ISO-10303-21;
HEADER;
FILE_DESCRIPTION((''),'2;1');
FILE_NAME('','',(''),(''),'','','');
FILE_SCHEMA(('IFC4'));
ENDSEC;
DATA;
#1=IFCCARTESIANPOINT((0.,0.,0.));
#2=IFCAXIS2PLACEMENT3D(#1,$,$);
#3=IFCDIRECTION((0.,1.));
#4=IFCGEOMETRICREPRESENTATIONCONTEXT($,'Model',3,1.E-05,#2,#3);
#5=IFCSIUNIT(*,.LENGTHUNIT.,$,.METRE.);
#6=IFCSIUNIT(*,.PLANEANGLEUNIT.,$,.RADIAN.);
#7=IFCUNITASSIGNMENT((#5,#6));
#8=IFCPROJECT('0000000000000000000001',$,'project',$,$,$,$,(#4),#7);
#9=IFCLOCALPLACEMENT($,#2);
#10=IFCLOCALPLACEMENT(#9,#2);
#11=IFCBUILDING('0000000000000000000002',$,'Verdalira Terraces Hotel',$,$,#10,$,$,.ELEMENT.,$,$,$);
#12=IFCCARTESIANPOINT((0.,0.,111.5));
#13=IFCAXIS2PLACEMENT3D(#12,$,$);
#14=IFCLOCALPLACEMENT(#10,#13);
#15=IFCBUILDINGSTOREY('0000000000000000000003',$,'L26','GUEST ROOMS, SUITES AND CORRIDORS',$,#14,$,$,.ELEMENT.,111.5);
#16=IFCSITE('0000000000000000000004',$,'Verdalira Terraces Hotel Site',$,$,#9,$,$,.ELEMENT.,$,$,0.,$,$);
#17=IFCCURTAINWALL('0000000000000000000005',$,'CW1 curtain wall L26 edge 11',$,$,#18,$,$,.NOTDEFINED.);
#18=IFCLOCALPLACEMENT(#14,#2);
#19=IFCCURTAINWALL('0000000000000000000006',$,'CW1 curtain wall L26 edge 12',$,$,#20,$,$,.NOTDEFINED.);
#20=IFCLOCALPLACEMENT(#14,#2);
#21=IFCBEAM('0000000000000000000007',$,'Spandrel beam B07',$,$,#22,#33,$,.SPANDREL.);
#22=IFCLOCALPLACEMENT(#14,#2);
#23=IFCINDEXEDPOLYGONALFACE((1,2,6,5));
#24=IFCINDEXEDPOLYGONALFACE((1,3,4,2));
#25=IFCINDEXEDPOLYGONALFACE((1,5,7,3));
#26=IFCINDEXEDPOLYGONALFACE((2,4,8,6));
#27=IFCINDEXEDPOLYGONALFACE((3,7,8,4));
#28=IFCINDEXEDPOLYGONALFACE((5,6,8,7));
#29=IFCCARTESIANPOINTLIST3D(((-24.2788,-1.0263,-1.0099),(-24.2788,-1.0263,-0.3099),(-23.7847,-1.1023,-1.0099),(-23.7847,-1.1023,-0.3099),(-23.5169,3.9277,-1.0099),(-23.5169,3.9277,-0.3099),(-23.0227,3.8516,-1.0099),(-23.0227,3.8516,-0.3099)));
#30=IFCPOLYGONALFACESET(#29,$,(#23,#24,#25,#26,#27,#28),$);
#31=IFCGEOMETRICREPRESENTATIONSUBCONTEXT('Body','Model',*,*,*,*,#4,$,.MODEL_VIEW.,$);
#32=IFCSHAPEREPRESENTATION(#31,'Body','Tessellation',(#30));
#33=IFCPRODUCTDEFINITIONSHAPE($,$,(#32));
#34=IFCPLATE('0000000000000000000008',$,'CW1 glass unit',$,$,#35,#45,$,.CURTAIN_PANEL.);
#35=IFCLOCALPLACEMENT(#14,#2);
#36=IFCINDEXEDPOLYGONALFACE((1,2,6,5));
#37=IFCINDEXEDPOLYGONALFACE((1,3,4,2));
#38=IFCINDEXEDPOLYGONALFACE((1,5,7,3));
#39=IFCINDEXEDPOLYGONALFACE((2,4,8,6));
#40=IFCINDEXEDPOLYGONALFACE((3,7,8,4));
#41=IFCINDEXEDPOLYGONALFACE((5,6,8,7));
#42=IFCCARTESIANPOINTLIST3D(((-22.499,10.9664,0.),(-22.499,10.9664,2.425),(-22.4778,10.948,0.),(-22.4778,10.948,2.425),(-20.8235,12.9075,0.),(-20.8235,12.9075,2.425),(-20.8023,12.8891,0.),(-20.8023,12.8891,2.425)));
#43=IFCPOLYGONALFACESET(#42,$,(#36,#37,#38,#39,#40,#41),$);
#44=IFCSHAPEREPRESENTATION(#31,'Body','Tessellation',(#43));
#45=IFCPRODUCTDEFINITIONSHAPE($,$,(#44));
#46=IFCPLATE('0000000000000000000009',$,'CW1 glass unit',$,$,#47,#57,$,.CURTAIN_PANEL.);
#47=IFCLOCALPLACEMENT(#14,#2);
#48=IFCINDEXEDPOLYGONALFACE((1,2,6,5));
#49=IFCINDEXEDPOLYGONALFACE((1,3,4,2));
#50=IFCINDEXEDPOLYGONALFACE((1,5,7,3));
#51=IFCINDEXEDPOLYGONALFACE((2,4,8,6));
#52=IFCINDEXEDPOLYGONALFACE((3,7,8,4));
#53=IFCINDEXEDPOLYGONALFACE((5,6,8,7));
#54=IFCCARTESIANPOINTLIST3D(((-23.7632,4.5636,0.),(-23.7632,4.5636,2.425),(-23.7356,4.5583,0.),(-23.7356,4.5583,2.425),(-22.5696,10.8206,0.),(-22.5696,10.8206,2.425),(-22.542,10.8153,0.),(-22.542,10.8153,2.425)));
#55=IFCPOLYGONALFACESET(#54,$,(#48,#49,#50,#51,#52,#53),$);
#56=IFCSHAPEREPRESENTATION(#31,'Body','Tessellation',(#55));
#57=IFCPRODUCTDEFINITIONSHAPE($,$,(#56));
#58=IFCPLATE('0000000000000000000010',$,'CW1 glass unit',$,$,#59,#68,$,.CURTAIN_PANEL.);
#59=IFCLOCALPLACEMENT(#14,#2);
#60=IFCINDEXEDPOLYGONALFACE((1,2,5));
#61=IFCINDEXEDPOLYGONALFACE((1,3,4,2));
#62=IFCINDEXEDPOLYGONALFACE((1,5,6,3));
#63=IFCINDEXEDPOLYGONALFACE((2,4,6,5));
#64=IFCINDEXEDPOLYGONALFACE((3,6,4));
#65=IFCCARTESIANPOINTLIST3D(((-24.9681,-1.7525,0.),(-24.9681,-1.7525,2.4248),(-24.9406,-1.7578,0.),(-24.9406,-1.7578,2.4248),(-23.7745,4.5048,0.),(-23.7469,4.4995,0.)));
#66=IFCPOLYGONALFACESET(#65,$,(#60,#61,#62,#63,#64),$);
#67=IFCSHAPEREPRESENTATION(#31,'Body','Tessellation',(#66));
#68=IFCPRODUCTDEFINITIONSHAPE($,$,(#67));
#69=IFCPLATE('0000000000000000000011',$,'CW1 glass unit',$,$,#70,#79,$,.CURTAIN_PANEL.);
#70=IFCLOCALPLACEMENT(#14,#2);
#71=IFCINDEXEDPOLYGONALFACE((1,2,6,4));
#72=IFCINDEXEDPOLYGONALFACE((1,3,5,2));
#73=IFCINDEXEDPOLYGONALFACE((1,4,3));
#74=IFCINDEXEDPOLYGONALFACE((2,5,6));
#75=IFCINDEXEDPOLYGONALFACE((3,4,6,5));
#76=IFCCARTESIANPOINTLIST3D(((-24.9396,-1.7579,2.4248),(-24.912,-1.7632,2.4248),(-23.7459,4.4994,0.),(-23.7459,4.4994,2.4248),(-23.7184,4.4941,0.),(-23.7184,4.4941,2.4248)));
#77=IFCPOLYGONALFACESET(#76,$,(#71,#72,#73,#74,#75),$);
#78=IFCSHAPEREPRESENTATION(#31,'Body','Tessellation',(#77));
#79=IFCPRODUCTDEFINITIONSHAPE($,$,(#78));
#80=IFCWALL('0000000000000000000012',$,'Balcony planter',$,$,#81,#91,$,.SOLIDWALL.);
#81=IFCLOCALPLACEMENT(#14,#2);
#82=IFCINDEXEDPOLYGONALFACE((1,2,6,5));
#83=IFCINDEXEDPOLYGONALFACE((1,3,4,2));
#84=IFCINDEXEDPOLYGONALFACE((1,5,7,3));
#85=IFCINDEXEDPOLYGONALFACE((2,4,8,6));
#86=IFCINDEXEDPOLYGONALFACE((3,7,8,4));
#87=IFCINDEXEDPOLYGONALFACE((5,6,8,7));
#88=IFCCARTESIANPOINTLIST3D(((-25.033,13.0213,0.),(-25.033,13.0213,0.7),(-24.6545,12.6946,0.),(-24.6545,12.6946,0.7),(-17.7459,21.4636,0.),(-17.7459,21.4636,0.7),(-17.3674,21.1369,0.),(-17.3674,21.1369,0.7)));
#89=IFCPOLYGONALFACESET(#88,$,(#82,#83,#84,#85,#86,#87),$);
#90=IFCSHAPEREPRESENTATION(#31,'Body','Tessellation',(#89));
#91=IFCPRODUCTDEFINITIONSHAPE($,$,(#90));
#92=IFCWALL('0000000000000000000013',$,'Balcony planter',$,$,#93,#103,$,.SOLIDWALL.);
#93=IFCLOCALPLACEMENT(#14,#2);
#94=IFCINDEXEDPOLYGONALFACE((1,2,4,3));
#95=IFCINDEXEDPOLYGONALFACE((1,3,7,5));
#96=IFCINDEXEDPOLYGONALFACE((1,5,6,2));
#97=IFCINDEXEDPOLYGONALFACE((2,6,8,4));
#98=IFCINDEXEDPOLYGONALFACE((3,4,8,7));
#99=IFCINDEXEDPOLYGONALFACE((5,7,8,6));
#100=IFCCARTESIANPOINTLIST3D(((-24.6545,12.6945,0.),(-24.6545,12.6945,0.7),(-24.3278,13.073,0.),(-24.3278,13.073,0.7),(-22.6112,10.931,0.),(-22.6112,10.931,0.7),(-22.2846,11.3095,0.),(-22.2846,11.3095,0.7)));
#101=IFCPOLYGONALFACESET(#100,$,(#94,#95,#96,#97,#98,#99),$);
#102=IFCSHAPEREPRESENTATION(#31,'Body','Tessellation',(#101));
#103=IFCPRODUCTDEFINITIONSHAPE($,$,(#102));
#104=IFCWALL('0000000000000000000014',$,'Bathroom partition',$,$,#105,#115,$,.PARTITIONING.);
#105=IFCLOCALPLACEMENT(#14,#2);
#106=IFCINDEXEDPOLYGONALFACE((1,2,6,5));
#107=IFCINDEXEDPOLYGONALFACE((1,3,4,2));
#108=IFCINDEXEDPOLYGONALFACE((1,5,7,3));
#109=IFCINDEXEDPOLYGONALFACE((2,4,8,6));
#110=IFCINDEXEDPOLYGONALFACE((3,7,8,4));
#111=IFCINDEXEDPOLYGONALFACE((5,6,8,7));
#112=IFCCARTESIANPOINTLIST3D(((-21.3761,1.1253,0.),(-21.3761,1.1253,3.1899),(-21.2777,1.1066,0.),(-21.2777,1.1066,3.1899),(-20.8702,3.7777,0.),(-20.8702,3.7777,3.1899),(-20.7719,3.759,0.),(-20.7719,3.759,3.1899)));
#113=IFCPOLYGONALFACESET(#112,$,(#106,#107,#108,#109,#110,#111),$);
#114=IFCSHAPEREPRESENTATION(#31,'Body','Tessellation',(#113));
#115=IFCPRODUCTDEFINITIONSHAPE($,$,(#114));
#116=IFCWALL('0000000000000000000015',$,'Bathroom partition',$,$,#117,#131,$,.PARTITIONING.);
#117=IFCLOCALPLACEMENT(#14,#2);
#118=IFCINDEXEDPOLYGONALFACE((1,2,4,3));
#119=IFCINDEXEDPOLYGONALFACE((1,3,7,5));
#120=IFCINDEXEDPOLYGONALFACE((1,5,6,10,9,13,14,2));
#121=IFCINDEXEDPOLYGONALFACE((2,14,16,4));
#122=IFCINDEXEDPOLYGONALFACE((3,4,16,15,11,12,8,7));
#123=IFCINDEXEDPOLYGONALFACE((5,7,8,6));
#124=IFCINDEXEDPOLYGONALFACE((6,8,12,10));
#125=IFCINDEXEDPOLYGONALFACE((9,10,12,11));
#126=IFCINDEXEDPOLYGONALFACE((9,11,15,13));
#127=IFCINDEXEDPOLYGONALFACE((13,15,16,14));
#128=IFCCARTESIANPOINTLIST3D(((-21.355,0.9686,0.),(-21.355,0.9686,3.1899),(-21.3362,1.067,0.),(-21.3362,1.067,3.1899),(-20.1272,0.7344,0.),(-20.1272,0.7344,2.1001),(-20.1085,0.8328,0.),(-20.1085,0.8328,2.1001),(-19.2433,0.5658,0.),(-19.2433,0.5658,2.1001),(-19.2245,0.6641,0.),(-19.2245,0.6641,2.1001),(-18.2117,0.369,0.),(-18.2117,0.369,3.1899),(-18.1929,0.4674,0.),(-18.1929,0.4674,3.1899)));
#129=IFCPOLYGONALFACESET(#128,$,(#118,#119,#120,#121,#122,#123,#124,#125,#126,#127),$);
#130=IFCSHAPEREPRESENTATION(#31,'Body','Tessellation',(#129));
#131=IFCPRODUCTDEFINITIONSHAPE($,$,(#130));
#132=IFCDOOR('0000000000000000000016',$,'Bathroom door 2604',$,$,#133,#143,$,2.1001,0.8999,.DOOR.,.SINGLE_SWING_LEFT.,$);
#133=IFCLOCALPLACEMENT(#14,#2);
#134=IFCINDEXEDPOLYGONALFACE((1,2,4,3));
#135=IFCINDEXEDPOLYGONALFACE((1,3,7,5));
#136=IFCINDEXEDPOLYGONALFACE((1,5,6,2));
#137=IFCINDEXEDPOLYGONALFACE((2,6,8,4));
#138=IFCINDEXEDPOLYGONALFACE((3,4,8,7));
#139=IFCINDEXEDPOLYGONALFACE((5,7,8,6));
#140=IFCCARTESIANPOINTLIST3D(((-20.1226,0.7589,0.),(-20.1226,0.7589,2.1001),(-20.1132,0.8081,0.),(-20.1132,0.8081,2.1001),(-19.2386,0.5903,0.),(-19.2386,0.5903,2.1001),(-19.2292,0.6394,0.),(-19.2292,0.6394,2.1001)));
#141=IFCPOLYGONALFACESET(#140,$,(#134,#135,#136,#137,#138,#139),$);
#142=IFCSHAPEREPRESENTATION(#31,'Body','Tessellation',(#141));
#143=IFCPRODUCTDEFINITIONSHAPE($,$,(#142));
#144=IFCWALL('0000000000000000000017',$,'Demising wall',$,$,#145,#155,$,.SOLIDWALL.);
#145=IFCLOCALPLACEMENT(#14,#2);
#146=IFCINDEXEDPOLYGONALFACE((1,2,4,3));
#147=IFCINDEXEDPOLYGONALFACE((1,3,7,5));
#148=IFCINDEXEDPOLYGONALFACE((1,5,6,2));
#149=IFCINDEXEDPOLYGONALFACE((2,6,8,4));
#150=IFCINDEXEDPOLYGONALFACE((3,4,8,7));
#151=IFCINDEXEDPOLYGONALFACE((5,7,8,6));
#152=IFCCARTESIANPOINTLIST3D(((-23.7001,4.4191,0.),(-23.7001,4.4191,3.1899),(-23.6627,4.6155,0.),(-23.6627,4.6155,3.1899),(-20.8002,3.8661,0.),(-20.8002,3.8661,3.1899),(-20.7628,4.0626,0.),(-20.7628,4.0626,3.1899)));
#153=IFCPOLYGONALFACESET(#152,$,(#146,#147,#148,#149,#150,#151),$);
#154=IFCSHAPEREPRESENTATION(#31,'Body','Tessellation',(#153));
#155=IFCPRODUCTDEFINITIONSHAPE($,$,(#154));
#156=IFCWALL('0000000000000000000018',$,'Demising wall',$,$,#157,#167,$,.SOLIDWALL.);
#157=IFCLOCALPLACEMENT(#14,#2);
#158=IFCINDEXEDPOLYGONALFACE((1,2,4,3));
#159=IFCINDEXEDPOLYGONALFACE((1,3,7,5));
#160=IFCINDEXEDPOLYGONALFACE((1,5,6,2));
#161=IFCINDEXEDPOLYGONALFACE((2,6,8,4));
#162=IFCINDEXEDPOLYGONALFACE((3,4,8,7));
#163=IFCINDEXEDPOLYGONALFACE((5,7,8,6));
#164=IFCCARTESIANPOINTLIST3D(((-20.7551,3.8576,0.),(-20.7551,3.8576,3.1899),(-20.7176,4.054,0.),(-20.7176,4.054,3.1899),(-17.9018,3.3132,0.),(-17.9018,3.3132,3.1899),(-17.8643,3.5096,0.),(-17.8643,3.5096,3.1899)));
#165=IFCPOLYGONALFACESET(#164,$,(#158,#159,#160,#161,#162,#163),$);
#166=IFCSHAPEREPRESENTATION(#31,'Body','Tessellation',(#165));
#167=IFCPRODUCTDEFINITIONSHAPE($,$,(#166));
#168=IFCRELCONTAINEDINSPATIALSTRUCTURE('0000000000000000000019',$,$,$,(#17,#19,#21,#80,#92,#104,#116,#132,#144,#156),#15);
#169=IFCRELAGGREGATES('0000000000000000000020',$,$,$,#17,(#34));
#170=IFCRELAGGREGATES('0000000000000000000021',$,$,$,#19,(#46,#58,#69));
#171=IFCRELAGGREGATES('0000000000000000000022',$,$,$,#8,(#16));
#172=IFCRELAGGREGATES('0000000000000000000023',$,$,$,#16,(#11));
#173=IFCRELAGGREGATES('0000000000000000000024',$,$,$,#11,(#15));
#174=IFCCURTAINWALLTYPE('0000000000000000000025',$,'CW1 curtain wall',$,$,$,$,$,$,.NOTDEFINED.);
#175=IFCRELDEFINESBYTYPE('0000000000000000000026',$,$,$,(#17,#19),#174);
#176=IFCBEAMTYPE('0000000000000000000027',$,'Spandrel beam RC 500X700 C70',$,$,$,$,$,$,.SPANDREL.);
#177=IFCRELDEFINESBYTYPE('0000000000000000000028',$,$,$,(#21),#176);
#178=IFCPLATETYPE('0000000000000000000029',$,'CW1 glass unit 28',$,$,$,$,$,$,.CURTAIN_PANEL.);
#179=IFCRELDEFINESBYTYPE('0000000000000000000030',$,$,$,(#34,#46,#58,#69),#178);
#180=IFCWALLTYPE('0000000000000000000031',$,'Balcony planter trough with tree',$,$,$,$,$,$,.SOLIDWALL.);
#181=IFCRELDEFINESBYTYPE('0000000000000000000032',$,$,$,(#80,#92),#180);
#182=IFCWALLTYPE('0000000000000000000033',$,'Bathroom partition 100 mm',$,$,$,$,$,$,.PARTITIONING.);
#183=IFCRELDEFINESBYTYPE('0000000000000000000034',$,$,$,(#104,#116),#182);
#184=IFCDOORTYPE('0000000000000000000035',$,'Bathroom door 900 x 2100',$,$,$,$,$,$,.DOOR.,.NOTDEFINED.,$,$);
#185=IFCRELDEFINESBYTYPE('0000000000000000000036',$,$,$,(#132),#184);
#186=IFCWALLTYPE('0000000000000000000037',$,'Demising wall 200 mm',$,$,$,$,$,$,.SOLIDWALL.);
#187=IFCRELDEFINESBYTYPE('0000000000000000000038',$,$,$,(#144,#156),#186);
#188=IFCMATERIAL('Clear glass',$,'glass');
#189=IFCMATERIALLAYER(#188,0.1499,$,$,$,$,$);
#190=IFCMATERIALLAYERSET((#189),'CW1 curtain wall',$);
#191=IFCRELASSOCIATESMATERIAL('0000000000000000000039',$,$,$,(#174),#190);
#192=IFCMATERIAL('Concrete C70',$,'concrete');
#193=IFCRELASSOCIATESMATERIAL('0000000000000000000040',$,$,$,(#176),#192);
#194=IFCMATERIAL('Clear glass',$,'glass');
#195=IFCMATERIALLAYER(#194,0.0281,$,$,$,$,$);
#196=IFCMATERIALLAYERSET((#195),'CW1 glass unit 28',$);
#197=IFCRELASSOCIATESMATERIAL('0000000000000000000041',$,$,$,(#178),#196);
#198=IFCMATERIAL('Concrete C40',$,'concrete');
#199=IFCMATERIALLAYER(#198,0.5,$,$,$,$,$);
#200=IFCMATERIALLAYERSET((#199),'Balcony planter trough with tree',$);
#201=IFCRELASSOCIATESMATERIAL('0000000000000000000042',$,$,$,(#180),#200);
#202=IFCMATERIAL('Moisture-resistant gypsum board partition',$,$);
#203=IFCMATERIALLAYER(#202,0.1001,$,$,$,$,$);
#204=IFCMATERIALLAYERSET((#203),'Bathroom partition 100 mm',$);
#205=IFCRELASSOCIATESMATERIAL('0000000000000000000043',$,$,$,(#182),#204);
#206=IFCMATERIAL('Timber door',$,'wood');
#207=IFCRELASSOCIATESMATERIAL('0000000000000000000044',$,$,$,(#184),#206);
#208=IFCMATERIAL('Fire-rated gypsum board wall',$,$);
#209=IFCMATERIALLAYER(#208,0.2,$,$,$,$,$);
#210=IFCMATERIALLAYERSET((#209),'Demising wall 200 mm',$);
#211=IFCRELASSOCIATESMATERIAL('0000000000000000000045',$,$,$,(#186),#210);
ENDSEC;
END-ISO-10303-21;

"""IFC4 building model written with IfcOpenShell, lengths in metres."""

from ifc_helpers import new_model, si_unit, direction, frame, frame_2d, origin, origin_2d, place, context, subcontext, project, spatial, polyline, rectangle, outline, extrude, material, layer, layer_set, material_profile, profile_set, type_object, element, fill, aggregate, save


model = new_model("IFC4")

# Units and contexts
model_context = context("Model", 3, precision=1e-05, world=origin(), true_north=direction((0.0, 1.0)))
body_context = subcontext(model_context, "Body", "Model", "MODEL_VIEW")
ifc_project = project(units=[si_unit("LENGTHUNIT", "METRE"), si_unit("PLANEANGLEUNIT", "RADIAN")], contexts=[model_context])

# Site, building, storey
site_placement = place(None, origin())
site = spatial("IfcSite", under=ifc_project, at=site_placement, Name="Verdalira Terraces Hotel Site", CompositionType="ELEMENT", RefElevation=0.0)
building_placement = place(site_placement, origin())
building = spatial("IfcBuilding", under=site, at=building_placement, Name="Verdalira Terraces Hotel", CompositionType="ELEMENT")
storey_placement = place(building_placement, frame((0.0, 0.0, 111.5)))
storey = spatial("IfcBuildingStorey", under=building, at=storey_placement, Name="L26", Description="GUEST ROOMS, SUITES AND CORRIDORS", CompositionType="ELEMENT", Elevation=111.5)

# Curtain wall
ifc_material_1 = material(Name="Clear glass", Category="glass")
ifc_layer_1 = layer(ifc_material_1, 0.1499)
ifc_layer_set_1 = layer_set([ifc_layer_1], Name="CW1 curtain wall")
curtain_wall_type = type_object("IfcCurtainWallType", Name="CW1 curtain wall", PredefinedType="NOTDEFINED", material=ifc_layer_set_1)
curtain_wall_1_placement = place(storey_placement, origin())
curtain_wall_1 = element("IfcCurtainWall", 1, at=curtain_wall_1_placement, inside=storey, type_object=curtain_wall_type, Name="CW1 curtain wall L26 edge 11", PredefinedType="NOTDEFINED")

# Curtain wall
curtain_wall_2_placement = place(storey_placement, origin())
curtain_wall_2 = element("IfcCurtainWall", 2, at=curtain_wall_2_placement, inside=storey, type_object=curtain_wall_type, Name="CW1 curtain wall L26 edge 12", PredefinedType="NOTDEFINED")

# Beam
ifc_material_2 = material(Name="Concrete C70", Category="concrete")
ifc_material_profile_1 = material_profile(ifc_material_2, rectangle(XDim=0.5, YDim=0.7, at=origin_2d()), Name="RC 500X700")
ifc_profile_set_1 = profile_set([ifc_material_profile_1], Name="Concrete C70")
beam_type_1 = type_object("IfcBeamType", Name="Spandrel beam RC 500X700 C70", PredefinedType="SPANDREL", material=ifc_profile_set_1)
beam_1_placement = place(storey_placement, frame((-23.2698, 3.8896, -0.6599), z_axis=(-0.152024, -0.988377, 0.0), x_axis=(0.988377, -0.152024, 0.0)))
element("IfcBeam", 3, at=beam_1_placement, inside=storey, type_object=beam_type_1, Name="Spandrel beam B07", PredefinedType="SPANDREL", context=body_context, shape_type="SweptSolid", body=[
    extrude(rectangle(XDim=0.5, YDim=0.7, at=origin_2d()), origin(), (0.0, 0.0, 1.0), 5.0122),
])

# Plates
ifc_material_3 = material(Name="Clear glass", Category="glass")
ifc_layer_2 = layer(ifc_material_3, 0.0281)
ifc_layer_set_2 = layer_set([ifc_layer_2], Name="CW1 glass unit 28")
plate_type = type_object("IfcPlateType", Name="CW1 glass unit 28", PredefinedType="CURTAIN_PANEL", material=ifc_layer_set_2)
plate_1_placement = place(storey_placement, frame((-21.6506, 11.9277, 0.0), z_axis=(0.0, 0.0, 1.0), x_axis=(-0.653421, -0.756995, 0.0)))
plate_1 = element("IfcPlate", 4, at=plate_1_placement, type_object=plate_type, Name="CW1 glass unit", PredefinedType="CURTAIN_PANEL", context=body_context, shape_type="SweptSolid", body=[
    extrude(rectangle(XDim=2.5642, YDim=0.0281, at=origin_2d()), origin(), (0.0, 0.0, 1.0), 2.425),
])
aggregate(curtain_wall_1, [plate_1])
plate_2_placement = place(storey_placement, frame((-23.1526, 7.6895, 0.0), z_axis=(0.0, 0.0, 1.0), x_axis=(-0.187381, -0.982287, 0.0)))
plate_2 = element("IfcPlate", 5, at=plate_2_placement, type_object=plate_type, Name="CW1 glass unit", PredefinedType="CURTAIN_PANEL", context=body_context, shape_type="SweptSolid", body=[
    extrude(rectangle(XDim=6.3699, YDim=0.0281, at=origin_2d()), origin(), (0.0, 0.0, 1.0), 2.425),
])
plate_3_placement = place(storey_placement, frame((-24.3438, 1.3708, 1.2124), z_axis=(-0.982287, 0.187381, 0.0), x_axis=(-0.187381, -0.982287, 0.0)))
plate_3 = element("IfcPlate", 6, at=plate_3_placement, type_object=plate_type, Name="CW1 glass unit", PredefinedType="CURTAIN_PANEL", context=body_context, shape_type="SweptSolid", body=[
    extrude(outline(polyline([(-3.1851, -1.2124), (3.1851, -1.2124), (3.1851, 1.2124), (-3.1851, -1.2124)])), origin(), (0.0, 0.0, 1.0), 0.0281),
])
plate_4_placement = place(storey_placement, frame((-24.3152, 1.3655, 1.2124), z_axis=(-0.982287, 0.187381, 0.0), x_axis=(-0.187381, -0.982287, 0.0)))
plate_4 = element("IfcPlate", 7, at=plate_4_placement, type_object=plate_type, Name="CW1 glass unit", PredefinedType="CURTAIN_PANEL", context=body_context, shape_type="SweptSolid", body=[
    extrude(outline(polyline([(-3.1851, -1.2124), (3.1851, 1.2124), (-3.1851, 1.2124), (-3.1851, -1.2124)])), origin(), (0.0, 0.0, 1.0), 0.0281),
])
aggregate(curtain_wall_2, [plate_2, plate_3, plate_4])

# Walls
ifc_material_4 = material(Name="Concrete C40", Category="concrete")
ifc_layer_3 = layer(ifc_material_4, 0.5)
ifc_layer_set_3 = layer_set([ifc_layer_3], Name="Balcony planter trough with tree")
wall_type_1 = type_object("IfcWallType", Name="Balcony planter trough with tree", PredefinedType="SOLIDWALL", material=ifc_layer_set_3)
wall_1_placement = place(storey_placement, frame((-17.5566, 21.3003, 0.0), z_axis=(0.0, 0.0, 1.0), x_axis=(-0.653412, -0.757002, 0.0)))
element("IfcWall", 8, at=wall_1_placement, inside=storey, type_object=wall_type_1, Name="Balcony planter", PredefinedType="SOLIDWALL", context=body_context, shape_type="SweptSolid", body=[
    extrude(rectangle(XDim=11.1523, YDim=0.5, at=frame_2d((5.5762, 0.0))), origin(), (0.0, 0.0, 1.0), 0.7),
])
wall_2_placement = place(storey_placement, frame((-24.4912, 12.8838, 0.0), z_axis=(0.0, 0.0, 1.0), x_axis=(0.757037, -0.653373, 0.0)))
element("IfcWall", 9, at=wall_2_placement, inside=storey, type_object=wall_type_1, Name="Balcony planter", PredefinedType="SOLIDWALL", context=body_context, shape_type="SweptSolid", body=[
    extrude(rectangle(XDim=2.699, YDim=0.5, at=frame_2d((1.3496, 0.0))), origin(), (0.0, 0.0, 1.0), 0.7),
])
ifc_material_5 = material(Name="Moisture-resistant gypsum board partition")
ifc_layer_4 = layer(ifc_material_5, 0.1001)
ifc_layer_set_4 = layer_set([ifc_layer_4], Name="Bathroom partition 100 mm")
wall_type_2 = type_object("IfcWallType", Name="Bathroom partition 100 mm", PredefinedType="PARTITIONING", material=ifc_layer_set_4)
wall_3_placement = place(storey_placement, frame((-21.3269, 1.116, 0.0), z_axis=(0.0, 0.0, 1.0), x_axis=(0.187345, 0.982294, 0.0)))
element("IfcWall", 10, at=wall_3_placement, inside=storey, type_object=wall_type_2, Name="Bathroom partition", PredefinedType="PARTITIONING", context=body_context, shape_type="SweptSolid", body=[
    extrude(rectangle(XDim=2.7002, YDim=0.1001, at=frame_2d((1.3501, 0.0))), origin(), (0.0, 0.0, 1.0), 3.1899),
])

# Wall, opening, door
wall_4_placement = place(storey_placement, frame((-21.3457, 1.0178, 0.0), z_axis=(0.0, 0.0, 1.0), x_axis=(0.982288, -0.187379, 0.0)))
wall_4 = element("IfcWall", 11, at=wall_4_placement, inside=storey, type_object=wall_type_2, Name="Bathroom partition", PredefinedType="PARTITIONING", context=body_context, shape_type="SweptSolid", body=[
    extrude(rectangle(XDim=3.2, YDim=0.1001, at=frame_2d((1.6001, 0.0))), origin(), (0.0, 0.0, 1.0), 3.1899),
])
opening_1_placement = place(wall_4_placement, frame((1.25, 0.0, 0.0)))
opening_1 = element("IfcOpeningElement", 12, at=opening_1_placement, cuts=wall_4, PredefinedType="OPENING", context=body_context, shape_type="SweptSolid", body=[
    extrude(rectangle(XDim=0.8999, YDim=2.1001, at=frame_2d((0.45, 1.05))), frame((0.0, 0.0601, 0.0), z_axis=(0.0, -1.0, 0.0), x_axis=(1.0, 0.0, 0.0)), (0.0, 0.0, 1.0), 0.1201),
])
ifc_material_6 = material(Name="Timber door", Category="wood")
door_type_1 = type_object("IfcDoorType", Name="Bathroom door 900 x 2100", OperationType="NOTDEFINED", PredefinedType="DOOR", material=ifc_material_6)
door_1_placement = place(opening_1_placement, origin())
door_1 = element("IfcDoor", 13, at=door_1_placement, inside=storey, type_object=door_type_1, Name="Bathroom door 2604", OperationType="SINGLE_SWING_LEFT", OverallHeight=2.1001, OverallWidth=0.8999, PredefinedType="DOOR", context=body_context, shape_type="SweptSolid", body=[
    extrude(rectangle(XDim=0.8999, YDim=2.1001, at=frame_2d((0.45, 1.05))), frame((0.0, 0.0249, 0.0), z_axis=(0.0, -1.0, 0.0), x_axis=(1.0, 0.0, 0.0)), (0.0, 0.0, 1.0), 0.05),
])
fill(opening_1, door_1)

# Walls
ifc_material_7 = material(Name="Fire-rated gypsum board wall")
ifc_layer_5 = layer(ifc_material_7, 0.2)
ifc_layer_set_5 = layer_set([ifc_layer_5], Name="Demising wall 200 mm")
wall_type_3 = type_object("IfcWallType", Name="Demising wall 200 mm", PredefinedType="SOLIDWALL", material=ifc_layer_set_5)
wall_5_placement = place(storey_placement, frame((-20.7815, 3.9644, 0.0), z_axis=(0.0, 0.0, 1.0), x_axis=(-0.9823, 0.187314, 0.0)))
element("IfcWall", 14, at=wall_5_placement, inside=storey, type_object=wall_type_3, Name="Demising wall", PredefinedType="SOLIDWALL", context=body_context, shape_type="SweptSolid", body=[
    extrude(rectangle(XDim=2.9521, YDim=0.2, at=frame_2d((1.4761, 0.0))), origin(), (0.0, 0.0, 1.0), 3.1899),
])
wall_6_placement = place(storey_placement, frame((-17.8831, 3.4114, 0.0), z_axis=(0.0, 0.0, 1.0), x_axis=(-0.982278, 0.187429, 0.0)))
element("IfcWall", 15, at=wall_6_placement, inside=storey, type_object=wall_type_3, Name="Demising wall", PredefinedType="SOLIDWALL", context=body_context, shape_type="SweptSolid", body=[
    extrude(rectangle(XDim=2.9048, YDim=0.2, at=frame_2d((1.4524, 0.0))), origin(), (0.0, 0.0, 1.0), 3.1899),
])

save(model, "model.ifc")
